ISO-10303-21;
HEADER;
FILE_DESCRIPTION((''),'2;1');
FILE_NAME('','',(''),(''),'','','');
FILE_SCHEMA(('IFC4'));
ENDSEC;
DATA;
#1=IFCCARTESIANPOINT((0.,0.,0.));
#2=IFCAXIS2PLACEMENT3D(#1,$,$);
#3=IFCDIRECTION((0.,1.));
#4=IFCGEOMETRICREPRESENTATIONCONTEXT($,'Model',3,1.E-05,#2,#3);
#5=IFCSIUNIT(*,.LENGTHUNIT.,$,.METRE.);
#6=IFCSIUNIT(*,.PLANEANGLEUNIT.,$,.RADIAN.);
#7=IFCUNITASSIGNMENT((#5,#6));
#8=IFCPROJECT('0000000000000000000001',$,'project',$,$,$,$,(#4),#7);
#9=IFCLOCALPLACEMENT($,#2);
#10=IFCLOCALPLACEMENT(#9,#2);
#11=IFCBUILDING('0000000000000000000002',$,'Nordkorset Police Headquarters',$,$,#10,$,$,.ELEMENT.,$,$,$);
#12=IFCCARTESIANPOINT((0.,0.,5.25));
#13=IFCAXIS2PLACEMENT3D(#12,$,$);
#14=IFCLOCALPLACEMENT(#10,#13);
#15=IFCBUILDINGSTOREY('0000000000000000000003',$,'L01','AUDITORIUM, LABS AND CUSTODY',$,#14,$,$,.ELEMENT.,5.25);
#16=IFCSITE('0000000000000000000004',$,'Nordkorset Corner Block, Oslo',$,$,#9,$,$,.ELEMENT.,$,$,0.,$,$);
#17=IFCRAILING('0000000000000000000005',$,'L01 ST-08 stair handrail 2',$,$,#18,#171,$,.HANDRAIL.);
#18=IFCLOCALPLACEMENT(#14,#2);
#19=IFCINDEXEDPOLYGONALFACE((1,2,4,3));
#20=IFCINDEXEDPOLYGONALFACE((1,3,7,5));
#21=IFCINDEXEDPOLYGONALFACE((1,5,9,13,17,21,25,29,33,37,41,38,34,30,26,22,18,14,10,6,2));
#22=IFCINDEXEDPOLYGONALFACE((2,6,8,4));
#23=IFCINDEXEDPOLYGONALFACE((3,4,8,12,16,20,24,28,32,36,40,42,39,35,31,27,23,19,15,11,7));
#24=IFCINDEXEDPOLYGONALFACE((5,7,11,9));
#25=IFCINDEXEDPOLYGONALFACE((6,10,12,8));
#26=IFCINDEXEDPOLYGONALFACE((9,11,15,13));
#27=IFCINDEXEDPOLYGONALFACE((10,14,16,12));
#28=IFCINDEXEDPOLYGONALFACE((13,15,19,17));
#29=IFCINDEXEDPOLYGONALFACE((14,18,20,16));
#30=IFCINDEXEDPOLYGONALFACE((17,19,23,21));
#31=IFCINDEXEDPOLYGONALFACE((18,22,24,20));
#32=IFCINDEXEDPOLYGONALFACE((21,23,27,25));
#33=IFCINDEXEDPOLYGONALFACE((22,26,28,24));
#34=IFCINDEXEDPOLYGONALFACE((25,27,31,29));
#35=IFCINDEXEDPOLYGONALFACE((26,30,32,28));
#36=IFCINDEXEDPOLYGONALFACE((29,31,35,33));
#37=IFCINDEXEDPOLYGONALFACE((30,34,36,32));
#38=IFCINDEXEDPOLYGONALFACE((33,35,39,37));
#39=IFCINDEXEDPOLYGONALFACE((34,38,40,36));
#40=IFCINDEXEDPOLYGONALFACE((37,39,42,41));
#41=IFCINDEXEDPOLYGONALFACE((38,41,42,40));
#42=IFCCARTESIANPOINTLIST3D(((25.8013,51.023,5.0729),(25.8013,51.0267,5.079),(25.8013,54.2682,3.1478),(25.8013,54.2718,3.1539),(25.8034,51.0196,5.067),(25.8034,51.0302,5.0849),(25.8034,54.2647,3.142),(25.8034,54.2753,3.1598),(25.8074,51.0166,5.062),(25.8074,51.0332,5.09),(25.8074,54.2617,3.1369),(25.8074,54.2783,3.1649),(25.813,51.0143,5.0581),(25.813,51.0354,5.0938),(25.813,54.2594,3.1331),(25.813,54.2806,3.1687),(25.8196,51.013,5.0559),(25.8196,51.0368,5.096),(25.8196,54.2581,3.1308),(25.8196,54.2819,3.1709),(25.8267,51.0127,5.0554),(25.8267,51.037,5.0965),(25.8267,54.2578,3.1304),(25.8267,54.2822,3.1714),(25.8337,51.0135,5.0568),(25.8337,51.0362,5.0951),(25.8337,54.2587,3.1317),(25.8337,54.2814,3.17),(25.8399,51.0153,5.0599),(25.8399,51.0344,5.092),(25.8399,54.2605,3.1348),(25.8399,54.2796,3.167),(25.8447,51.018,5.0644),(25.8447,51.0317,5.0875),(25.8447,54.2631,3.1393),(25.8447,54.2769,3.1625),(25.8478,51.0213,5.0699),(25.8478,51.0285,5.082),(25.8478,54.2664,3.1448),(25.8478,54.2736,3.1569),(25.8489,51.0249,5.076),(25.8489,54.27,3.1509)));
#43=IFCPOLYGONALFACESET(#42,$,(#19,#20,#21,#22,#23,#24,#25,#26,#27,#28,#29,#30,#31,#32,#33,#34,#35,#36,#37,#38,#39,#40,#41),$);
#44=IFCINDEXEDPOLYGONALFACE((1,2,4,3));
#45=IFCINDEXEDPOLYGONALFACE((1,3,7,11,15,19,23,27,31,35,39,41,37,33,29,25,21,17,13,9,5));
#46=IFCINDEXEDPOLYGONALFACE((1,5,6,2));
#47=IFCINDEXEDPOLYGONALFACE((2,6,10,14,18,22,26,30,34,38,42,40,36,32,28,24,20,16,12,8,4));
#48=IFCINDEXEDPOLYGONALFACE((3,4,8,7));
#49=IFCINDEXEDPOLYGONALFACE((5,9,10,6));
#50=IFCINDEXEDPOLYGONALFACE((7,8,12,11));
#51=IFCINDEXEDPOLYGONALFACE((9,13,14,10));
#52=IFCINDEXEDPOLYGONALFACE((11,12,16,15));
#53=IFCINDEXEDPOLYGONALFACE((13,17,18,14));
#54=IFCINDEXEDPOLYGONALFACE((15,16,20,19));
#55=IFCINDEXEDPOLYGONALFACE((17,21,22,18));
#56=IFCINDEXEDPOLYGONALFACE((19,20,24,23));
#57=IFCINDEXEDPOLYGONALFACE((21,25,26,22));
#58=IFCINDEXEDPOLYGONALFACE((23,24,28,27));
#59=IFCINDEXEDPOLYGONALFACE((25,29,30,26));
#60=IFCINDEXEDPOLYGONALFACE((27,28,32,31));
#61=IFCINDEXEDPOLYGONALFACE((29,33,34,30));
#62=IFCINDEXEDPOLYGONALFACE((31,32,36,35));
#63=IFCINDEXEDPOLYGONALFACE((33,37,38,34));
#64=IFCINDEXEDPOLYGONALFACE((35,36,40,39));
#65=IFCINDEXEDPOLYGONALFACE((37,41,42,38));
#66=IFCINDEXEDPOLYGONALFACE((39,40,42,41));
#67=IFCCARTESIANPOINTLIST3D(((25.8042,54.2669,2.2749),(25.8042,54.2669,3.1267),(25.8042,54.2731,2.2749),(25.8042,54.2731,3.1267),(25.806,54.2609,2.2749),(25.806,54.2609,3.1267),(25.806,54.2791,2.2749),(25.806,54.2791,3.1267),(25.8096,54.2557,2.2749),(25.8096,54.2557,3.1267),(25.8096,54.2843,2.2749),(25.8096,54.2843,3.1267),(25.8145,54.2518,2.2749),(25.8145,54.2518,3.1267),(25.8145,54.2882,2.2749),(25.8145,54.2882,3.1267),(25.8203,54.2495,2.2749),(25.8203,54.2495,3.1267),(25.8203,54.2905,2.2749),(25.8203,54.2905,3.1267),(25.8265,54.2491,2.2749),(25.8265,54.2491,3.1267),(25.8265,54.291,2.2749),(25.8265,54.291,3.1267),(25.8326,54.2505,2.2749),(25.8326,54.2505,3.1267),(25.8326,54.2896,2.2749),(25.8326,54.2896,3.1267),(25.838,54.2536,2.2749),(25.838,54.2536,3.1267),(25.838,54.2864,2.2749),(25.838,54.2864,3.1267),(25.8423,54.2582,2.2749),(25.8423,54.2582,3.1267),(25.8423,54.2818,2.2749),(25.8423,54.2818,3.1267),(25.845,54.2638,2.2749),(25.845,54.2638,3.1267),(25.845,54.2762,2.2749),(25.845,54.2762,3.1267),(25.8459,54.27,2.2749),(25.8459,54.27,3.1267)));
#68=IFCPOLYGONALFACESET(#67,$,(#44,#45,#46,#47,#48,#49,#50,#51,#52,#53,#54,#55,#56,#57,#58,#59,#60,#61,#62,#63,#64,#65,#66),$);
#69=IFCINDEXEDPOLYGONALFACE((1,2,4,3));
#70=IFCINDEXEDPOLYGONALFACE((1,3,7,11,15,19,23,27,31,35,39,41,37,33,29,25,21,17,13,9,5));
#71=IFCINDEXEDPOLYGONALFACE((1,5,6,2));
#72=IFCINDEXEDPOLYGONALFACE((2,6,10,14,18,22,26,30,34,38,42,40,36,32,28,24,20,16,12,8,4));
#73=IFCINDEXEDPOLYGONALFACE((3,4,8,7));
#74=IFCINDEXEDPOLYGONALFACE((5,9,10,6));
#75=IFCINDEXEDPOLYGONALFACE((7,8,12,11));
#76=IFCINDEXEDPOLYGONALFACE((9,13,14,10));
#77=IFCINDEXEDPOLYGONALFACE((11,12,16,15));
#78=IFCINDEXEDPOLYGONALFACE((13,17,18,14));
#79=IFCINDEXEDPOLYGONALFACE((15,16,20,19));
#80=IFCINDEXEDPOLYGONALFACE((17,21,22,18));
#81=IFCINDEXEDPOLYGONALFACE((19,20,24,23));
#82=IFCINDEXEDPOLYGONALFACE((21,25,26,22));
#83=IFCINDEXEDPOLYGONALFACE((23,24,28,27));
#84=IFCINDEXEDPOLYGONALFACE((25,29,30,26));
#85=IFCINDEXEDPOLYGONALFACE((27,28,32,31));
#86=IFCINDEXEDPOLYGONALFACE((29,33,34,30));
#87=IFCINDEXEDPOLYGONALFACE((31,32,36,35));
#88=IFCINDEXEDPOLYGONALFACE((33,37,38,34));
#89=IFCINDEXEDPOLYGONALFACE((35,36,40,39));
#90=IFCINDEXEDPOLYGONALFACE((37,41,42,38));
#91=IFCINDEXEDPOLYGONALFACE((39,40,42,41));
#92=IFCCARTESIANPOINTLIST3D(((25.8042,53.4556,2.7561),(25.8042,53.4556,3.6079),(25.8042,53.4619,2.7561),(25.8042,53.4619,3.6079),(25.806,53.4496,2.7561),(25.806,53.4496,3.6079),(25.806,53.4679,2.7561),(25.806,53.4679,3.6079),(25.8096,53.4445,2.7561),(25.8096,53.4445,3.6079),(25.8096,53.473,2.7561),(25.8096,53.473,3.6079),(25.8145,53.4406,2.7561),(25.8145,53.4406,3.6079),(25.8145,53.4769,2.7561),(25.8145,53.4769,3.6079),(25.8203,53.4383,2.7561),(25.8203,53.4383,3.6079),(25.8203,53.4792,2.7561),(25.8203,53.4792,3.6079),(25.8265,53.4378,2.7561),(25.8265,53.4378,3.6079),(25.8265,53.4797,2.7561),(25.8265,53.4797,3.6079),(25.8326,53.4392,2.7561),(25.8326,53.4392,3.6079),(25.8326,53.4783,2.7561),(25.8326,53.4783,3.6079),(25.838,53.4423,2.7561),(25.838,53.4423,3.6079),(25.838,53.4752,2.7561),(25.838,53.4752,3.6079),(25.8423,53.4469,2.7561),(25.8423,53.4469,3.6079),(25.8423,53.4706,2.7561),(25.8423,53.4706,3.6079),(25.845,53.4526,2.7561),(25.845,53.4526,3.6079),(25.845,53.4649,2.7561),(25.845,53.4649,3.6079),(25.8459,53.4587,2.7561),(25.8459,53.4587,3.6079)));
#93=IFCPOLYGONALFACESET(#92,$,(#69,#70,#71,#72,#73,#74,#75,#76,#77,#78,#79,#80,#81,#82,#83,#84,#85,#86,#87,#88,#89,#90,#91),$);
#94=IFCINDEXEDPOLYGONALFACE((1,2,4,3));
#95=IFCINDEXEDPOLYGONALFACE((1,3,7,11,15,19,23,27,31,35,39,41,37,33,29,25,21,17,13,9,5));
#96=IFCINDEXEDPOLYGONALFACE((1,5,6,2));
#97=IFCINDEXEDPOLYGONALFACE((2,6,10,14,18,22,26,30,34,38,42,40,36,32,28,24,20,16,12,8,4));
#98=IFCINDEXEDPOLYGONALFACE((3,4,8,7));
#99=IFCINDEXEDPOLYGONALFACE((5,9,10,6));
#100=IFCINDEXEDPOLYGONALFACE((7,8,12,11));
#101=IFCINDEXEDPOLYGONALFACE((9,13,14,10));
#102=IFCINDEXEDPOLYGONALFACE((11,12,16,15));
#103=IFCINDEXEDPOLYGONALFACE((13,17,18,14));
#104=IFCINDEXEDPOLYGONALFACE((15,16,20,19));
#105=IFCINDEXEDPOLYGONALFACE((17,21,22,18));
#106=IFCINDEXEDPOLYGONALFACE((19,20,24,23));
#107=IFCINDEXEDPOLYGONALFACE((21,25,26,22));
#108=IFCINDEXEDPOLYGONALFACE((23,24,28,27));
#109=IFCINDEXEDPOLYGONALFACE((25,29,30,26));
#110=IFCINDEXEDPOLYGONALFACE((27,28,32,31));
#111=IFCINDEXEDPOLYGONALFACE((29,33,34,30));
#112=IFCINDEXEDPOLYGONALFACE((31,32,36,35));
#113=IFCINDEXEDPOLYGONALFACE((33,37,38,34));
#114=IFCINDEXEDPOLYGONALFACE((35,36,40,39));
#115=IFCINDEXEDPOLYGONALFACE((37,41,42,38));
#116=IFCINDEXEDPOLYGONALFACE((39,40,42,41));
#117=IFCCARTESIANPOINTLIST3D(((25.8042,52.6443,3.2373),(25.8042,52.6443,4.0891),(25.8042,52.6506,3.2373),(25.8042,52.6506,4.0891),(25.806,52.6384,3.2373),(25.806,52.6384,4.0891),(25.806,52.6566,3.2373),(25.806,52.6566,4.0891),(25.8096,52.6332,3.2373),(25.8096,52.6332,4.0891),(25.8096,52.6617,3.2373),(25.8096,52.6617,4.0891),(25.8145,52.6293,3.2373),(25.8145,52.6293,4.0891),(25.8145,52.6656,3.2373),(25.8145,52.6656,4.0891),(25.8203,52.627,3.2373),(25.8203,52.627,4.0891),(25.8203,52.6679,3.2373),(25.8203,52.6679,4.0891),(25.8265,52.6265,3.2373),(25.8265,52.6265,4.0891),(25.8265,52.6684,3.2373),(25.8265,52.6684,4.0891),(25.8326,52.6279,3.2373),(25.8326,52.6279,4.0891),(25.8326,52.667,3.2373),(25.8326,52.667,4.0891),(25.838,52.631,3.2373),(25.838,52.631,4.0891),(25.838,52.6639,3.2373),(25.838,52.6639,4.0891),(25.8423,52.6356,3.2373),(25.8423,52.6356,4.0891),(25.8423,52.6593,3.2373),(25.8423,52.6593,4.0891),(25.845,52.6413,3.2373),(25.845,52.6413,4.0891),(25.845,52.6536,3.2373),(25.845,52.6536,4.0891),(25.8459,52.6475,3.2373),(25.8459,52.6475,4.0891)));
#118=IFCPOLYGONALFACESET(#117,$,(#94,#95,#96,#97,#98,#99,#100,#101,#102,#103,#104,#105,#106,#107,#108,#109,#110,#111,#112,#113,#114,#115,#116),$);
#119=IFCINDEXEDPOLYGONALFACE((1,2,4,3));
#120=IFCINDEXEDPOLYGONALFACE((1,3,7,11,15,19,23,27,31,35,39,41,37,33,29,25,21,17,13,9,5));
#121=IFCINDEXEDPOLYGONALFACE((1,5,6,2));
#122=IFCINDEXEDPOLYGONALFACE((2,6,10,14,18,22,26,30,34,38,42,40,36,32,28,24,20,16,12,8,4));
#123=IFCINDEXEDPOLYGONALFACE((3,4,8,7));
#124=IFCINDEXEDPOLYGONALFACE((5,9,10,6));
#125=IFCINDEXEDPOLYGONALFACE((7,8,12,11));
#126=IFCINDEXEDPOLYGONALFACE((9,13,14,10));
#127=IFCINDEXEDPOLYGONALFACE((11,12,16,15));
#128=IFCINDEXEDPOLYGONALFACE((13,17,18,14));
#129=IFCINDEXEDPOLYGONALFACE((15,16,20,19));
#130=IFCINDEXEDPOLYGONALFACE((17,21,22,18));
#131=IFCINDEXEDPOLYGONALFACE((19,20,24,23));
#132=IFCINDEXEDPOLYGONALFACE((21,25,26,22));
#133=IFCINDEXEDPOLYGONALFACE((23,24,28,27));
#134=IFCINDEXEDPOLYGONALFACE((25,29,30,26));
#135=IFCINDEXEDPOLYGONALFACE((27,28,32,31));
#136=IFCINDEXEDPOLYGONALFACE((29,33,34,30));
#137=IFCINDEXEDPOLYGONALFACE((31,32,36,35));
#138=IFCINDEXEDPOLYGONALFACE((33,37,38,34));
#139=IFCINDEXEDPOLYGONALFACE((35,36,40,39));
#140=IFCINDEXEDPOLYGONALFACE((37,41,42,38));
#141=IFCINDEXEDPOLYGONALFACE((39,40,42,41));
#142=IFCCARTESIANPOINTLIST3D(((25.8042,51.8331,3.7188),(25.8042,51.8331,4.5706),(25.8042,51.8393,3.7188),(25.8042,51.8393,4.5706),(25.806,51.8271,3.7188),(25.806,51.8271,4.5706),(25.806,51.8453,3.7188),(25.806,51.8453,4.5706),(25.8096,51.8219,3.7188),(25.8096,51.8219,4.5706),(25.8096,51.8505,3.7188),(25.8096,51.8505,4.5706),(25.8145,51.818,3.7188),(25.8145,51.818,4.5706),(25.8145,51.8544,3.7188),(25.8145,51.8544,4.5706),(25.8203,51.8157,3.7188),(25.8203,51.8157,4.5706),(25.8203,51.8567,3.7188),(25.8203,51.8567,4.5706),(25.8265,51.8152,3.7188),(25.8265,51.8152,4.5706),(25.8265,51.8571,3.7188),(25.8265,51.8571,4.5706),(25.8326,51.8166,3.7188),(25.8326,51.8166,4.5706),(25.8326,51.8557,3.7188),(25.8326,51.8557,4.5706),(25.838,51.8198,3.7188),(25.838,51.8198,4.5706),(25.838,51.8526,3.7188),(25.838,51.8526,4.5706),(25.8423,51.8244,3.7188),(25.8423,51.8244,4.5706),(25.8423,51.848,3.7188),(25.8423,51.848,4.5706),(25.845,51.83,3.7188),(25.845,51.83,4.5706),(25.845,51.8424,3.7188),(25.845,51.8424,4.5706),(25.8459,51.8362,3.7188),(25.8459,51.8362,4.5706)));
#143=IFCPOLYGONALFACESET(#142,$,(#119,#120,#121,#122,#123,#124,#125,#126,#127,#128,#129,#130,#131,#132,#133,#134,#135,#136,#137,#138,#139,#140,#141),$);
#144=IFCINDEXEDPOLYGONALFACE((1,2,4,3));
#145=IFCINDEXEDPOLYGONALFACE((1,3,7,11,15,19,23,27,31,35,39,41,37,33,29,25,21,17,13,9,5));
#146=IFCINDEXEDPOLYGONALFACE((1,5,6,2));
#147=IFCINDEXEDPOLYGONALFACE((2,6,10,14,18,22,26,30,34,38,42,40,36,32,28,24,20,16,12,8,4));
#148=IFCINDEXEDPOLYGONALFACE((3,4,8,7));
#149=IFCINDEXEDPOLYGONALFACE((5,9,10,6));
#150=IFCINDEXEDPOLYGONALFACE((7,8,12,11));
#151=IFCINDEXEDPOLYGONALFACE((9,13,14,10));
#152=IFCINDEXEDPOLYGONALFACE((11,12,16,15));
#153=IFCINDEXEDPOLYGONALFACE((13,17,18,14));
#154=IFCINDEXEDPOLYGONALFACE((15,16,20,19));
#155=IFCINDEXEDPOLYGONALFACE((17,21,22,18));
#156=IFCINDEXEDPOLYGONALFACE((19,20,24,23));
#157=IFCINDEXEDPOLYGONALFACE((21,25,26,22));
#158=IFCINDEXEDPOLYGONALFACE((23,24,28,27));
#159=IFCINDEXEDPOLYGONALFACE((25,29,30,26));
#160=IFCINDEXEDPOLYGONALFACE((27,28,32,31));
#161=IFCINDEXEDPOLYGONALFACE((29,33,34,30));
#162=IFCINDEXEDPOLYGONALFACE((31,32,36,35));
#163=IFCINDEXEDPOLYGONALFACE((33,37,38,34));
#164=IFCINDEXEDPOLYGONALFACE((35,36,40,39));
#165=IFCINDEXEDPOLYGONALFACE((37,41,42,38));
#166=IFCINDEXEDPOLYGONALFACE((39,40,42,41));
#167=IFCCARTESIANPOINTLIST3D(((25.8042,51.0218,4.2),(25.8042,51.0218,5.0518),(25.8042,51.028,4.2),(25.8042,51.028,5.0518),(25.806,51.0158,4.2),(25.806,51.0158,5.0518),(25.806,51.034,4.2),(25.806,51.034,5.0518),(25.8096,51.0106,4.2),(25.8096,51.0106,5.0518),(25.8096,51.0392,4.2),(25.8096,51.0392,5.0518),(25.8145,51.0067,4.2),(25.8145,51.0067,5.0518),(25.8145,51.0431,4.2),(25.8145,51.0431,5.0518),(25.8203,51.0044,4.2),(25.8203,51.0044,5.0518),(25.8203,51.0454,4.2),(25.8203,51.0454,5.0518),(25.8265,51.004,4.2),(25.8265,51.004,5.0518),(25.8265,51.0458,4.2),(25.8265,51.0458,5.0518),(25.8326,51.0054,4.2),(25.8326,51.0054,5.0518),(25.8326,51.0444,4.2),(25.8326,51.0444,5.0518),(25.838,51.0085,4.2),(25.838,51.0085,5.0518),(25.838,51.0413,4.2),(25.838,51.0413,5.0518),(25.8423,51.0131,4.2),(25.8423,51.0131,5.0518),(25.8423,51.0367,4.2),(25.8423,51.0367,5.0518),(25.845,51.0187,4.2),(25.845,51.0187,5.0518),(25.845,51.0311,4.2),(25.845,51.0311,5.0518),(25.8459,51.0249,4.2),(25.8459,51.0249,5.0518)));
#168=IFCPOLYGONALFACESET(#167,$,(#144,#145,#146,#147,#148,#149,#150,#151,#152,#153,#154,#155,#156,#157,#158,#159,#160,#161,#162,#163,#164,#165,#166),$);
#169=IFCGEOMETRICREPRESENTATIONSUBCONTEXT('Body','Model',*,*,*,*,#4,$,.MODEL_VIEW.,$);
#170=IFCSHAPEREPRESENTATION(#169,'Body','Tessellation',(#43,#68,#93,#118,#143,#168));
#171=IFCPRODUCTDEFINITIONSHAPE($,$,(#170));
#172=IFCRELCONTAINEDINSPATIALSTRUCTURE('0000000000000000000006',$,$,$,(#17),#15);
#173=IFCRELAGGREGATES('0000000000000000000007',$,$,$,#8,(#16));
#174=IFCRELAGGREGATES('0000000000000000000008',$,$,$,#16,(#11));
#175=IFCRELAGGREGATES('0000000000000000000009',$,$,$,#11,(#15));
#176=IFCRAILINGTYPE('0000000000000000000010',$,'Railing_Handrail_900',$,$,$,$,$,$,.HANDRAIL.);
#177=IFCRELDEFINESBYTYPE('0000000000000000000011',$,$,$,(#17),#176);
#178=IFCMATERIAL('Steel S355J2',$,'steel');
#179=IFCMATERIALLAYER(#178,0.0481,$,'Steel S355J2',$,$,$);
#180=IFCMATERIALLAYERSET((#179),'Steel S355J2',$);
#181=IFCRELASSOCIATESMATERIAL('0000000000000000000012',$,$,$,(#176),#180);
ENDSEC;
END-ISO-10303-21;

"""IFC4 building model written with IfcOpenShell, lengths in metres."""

from ifc_helpers import new_model, si_unit, direction, frame, origin, origin_2d, place, context, subcontext, project, spatial, circle, extrude, material, layer, layer_set, type_object, element, save


model = new_model("IFC4")

# Units and contexts
model_context = context("Model", 3, precision=1e-05, world=origin(), true_north=direction((0.0, 1.0)))
body_context = subcontext(model_context, "Body", "Model", "MODEL_VIEW")
ifc_project = project(units=[si_unit("LENGTHUNIT", "METRE"), si_unit("PLANEANGLEUNIT", "RADIAN")], contexts=[model_context])

# Site, building, storey
site_placement = place(None, origin())
site = spatial("IfcSite", under=ifc_project, at=site_placement, Name="Nordkorset Corner Block, Oslo", CompositionType="ELEMENT", RefElevation=0.0)
building_placement = place(site_placement, origin())
building = spatial("IfcBuilding", under=site, at=building_placement, Name="Nordkorset Police Headquarters", CompositionType="ELEMENT")
storey_placement = place(building_placement, frame((0.0, 0.0, 5.25)))
storey = spatial("IfcBuildingStorey", under=building, at=storey_placement, Name="L01", Description="AUDITORIUM, LABS AND CUSTODY", CompositionType="ELEMENT", Elevation=5.25)

# Railing
ifc_material_1 = material(Name="Steel S355J2", Category="steel")
ifc_layer_1 = layer(ifc_material_1, 0.0481, Name="Steel S355J2")
ifc_layer_set_1 = layer_set([ifc_layer_1], Name="Steel S355J2")
railing_type = type_object("IfcRailingType", Name="Railing_Handrail_900", PredefinedType="HANDRAIL", material=ifc_layer_set_1)
railing_placement = place(storey_placement, frame((25.825, 54.27, 2.2749)))
element("IfcRailing", 1, at=railing_placement, inside=storey, type_object=railing_type, Name="L01 ST-08 stair handrail 2", PredefinedType="HANDRAIL", context=body_context, shape_type="SweptSolid", body=[
    extrude(circle(Radius=0.0239, at=origin_2d()), frame((0.0, 0.0, 0.876), z_axis=(0.0, -0.860057, 0.510198), x_axis=(1.0, 0.0, 0.0)), (0.0, 0.0, 1.0), 3.7732),
    extrude(circle(Radius=0.021, at=origin_2d()), origin(), (0.0, 0.0, 1.0), 0.8518),
    extrude(circle(Radius=0.021, at=origin_2d()), frame((0.0, -0.8113, 0.4812)), (0.0, 0.0, 1.0), 0.8518),
    extrude(circle(Radius=0.021, at=origin_2d()), frame((0.0, -1.6226, 0.9624)), (0.0, 0.0, 1.0), 0.8518),
    extrude(circle(Radius=0.021, at=origin_2d()), frame((0.0, -2.4338, 1.4438)), (0.0, 0.0, 1.0), 0.8518),
    extrude(circle(Radius=0.021, at=origin_2d()), frame((0.0, -3.2451, 1.925)), (0.0, 0.0, 1.0), 0.8518),
])

save(model, "model.ifc")
